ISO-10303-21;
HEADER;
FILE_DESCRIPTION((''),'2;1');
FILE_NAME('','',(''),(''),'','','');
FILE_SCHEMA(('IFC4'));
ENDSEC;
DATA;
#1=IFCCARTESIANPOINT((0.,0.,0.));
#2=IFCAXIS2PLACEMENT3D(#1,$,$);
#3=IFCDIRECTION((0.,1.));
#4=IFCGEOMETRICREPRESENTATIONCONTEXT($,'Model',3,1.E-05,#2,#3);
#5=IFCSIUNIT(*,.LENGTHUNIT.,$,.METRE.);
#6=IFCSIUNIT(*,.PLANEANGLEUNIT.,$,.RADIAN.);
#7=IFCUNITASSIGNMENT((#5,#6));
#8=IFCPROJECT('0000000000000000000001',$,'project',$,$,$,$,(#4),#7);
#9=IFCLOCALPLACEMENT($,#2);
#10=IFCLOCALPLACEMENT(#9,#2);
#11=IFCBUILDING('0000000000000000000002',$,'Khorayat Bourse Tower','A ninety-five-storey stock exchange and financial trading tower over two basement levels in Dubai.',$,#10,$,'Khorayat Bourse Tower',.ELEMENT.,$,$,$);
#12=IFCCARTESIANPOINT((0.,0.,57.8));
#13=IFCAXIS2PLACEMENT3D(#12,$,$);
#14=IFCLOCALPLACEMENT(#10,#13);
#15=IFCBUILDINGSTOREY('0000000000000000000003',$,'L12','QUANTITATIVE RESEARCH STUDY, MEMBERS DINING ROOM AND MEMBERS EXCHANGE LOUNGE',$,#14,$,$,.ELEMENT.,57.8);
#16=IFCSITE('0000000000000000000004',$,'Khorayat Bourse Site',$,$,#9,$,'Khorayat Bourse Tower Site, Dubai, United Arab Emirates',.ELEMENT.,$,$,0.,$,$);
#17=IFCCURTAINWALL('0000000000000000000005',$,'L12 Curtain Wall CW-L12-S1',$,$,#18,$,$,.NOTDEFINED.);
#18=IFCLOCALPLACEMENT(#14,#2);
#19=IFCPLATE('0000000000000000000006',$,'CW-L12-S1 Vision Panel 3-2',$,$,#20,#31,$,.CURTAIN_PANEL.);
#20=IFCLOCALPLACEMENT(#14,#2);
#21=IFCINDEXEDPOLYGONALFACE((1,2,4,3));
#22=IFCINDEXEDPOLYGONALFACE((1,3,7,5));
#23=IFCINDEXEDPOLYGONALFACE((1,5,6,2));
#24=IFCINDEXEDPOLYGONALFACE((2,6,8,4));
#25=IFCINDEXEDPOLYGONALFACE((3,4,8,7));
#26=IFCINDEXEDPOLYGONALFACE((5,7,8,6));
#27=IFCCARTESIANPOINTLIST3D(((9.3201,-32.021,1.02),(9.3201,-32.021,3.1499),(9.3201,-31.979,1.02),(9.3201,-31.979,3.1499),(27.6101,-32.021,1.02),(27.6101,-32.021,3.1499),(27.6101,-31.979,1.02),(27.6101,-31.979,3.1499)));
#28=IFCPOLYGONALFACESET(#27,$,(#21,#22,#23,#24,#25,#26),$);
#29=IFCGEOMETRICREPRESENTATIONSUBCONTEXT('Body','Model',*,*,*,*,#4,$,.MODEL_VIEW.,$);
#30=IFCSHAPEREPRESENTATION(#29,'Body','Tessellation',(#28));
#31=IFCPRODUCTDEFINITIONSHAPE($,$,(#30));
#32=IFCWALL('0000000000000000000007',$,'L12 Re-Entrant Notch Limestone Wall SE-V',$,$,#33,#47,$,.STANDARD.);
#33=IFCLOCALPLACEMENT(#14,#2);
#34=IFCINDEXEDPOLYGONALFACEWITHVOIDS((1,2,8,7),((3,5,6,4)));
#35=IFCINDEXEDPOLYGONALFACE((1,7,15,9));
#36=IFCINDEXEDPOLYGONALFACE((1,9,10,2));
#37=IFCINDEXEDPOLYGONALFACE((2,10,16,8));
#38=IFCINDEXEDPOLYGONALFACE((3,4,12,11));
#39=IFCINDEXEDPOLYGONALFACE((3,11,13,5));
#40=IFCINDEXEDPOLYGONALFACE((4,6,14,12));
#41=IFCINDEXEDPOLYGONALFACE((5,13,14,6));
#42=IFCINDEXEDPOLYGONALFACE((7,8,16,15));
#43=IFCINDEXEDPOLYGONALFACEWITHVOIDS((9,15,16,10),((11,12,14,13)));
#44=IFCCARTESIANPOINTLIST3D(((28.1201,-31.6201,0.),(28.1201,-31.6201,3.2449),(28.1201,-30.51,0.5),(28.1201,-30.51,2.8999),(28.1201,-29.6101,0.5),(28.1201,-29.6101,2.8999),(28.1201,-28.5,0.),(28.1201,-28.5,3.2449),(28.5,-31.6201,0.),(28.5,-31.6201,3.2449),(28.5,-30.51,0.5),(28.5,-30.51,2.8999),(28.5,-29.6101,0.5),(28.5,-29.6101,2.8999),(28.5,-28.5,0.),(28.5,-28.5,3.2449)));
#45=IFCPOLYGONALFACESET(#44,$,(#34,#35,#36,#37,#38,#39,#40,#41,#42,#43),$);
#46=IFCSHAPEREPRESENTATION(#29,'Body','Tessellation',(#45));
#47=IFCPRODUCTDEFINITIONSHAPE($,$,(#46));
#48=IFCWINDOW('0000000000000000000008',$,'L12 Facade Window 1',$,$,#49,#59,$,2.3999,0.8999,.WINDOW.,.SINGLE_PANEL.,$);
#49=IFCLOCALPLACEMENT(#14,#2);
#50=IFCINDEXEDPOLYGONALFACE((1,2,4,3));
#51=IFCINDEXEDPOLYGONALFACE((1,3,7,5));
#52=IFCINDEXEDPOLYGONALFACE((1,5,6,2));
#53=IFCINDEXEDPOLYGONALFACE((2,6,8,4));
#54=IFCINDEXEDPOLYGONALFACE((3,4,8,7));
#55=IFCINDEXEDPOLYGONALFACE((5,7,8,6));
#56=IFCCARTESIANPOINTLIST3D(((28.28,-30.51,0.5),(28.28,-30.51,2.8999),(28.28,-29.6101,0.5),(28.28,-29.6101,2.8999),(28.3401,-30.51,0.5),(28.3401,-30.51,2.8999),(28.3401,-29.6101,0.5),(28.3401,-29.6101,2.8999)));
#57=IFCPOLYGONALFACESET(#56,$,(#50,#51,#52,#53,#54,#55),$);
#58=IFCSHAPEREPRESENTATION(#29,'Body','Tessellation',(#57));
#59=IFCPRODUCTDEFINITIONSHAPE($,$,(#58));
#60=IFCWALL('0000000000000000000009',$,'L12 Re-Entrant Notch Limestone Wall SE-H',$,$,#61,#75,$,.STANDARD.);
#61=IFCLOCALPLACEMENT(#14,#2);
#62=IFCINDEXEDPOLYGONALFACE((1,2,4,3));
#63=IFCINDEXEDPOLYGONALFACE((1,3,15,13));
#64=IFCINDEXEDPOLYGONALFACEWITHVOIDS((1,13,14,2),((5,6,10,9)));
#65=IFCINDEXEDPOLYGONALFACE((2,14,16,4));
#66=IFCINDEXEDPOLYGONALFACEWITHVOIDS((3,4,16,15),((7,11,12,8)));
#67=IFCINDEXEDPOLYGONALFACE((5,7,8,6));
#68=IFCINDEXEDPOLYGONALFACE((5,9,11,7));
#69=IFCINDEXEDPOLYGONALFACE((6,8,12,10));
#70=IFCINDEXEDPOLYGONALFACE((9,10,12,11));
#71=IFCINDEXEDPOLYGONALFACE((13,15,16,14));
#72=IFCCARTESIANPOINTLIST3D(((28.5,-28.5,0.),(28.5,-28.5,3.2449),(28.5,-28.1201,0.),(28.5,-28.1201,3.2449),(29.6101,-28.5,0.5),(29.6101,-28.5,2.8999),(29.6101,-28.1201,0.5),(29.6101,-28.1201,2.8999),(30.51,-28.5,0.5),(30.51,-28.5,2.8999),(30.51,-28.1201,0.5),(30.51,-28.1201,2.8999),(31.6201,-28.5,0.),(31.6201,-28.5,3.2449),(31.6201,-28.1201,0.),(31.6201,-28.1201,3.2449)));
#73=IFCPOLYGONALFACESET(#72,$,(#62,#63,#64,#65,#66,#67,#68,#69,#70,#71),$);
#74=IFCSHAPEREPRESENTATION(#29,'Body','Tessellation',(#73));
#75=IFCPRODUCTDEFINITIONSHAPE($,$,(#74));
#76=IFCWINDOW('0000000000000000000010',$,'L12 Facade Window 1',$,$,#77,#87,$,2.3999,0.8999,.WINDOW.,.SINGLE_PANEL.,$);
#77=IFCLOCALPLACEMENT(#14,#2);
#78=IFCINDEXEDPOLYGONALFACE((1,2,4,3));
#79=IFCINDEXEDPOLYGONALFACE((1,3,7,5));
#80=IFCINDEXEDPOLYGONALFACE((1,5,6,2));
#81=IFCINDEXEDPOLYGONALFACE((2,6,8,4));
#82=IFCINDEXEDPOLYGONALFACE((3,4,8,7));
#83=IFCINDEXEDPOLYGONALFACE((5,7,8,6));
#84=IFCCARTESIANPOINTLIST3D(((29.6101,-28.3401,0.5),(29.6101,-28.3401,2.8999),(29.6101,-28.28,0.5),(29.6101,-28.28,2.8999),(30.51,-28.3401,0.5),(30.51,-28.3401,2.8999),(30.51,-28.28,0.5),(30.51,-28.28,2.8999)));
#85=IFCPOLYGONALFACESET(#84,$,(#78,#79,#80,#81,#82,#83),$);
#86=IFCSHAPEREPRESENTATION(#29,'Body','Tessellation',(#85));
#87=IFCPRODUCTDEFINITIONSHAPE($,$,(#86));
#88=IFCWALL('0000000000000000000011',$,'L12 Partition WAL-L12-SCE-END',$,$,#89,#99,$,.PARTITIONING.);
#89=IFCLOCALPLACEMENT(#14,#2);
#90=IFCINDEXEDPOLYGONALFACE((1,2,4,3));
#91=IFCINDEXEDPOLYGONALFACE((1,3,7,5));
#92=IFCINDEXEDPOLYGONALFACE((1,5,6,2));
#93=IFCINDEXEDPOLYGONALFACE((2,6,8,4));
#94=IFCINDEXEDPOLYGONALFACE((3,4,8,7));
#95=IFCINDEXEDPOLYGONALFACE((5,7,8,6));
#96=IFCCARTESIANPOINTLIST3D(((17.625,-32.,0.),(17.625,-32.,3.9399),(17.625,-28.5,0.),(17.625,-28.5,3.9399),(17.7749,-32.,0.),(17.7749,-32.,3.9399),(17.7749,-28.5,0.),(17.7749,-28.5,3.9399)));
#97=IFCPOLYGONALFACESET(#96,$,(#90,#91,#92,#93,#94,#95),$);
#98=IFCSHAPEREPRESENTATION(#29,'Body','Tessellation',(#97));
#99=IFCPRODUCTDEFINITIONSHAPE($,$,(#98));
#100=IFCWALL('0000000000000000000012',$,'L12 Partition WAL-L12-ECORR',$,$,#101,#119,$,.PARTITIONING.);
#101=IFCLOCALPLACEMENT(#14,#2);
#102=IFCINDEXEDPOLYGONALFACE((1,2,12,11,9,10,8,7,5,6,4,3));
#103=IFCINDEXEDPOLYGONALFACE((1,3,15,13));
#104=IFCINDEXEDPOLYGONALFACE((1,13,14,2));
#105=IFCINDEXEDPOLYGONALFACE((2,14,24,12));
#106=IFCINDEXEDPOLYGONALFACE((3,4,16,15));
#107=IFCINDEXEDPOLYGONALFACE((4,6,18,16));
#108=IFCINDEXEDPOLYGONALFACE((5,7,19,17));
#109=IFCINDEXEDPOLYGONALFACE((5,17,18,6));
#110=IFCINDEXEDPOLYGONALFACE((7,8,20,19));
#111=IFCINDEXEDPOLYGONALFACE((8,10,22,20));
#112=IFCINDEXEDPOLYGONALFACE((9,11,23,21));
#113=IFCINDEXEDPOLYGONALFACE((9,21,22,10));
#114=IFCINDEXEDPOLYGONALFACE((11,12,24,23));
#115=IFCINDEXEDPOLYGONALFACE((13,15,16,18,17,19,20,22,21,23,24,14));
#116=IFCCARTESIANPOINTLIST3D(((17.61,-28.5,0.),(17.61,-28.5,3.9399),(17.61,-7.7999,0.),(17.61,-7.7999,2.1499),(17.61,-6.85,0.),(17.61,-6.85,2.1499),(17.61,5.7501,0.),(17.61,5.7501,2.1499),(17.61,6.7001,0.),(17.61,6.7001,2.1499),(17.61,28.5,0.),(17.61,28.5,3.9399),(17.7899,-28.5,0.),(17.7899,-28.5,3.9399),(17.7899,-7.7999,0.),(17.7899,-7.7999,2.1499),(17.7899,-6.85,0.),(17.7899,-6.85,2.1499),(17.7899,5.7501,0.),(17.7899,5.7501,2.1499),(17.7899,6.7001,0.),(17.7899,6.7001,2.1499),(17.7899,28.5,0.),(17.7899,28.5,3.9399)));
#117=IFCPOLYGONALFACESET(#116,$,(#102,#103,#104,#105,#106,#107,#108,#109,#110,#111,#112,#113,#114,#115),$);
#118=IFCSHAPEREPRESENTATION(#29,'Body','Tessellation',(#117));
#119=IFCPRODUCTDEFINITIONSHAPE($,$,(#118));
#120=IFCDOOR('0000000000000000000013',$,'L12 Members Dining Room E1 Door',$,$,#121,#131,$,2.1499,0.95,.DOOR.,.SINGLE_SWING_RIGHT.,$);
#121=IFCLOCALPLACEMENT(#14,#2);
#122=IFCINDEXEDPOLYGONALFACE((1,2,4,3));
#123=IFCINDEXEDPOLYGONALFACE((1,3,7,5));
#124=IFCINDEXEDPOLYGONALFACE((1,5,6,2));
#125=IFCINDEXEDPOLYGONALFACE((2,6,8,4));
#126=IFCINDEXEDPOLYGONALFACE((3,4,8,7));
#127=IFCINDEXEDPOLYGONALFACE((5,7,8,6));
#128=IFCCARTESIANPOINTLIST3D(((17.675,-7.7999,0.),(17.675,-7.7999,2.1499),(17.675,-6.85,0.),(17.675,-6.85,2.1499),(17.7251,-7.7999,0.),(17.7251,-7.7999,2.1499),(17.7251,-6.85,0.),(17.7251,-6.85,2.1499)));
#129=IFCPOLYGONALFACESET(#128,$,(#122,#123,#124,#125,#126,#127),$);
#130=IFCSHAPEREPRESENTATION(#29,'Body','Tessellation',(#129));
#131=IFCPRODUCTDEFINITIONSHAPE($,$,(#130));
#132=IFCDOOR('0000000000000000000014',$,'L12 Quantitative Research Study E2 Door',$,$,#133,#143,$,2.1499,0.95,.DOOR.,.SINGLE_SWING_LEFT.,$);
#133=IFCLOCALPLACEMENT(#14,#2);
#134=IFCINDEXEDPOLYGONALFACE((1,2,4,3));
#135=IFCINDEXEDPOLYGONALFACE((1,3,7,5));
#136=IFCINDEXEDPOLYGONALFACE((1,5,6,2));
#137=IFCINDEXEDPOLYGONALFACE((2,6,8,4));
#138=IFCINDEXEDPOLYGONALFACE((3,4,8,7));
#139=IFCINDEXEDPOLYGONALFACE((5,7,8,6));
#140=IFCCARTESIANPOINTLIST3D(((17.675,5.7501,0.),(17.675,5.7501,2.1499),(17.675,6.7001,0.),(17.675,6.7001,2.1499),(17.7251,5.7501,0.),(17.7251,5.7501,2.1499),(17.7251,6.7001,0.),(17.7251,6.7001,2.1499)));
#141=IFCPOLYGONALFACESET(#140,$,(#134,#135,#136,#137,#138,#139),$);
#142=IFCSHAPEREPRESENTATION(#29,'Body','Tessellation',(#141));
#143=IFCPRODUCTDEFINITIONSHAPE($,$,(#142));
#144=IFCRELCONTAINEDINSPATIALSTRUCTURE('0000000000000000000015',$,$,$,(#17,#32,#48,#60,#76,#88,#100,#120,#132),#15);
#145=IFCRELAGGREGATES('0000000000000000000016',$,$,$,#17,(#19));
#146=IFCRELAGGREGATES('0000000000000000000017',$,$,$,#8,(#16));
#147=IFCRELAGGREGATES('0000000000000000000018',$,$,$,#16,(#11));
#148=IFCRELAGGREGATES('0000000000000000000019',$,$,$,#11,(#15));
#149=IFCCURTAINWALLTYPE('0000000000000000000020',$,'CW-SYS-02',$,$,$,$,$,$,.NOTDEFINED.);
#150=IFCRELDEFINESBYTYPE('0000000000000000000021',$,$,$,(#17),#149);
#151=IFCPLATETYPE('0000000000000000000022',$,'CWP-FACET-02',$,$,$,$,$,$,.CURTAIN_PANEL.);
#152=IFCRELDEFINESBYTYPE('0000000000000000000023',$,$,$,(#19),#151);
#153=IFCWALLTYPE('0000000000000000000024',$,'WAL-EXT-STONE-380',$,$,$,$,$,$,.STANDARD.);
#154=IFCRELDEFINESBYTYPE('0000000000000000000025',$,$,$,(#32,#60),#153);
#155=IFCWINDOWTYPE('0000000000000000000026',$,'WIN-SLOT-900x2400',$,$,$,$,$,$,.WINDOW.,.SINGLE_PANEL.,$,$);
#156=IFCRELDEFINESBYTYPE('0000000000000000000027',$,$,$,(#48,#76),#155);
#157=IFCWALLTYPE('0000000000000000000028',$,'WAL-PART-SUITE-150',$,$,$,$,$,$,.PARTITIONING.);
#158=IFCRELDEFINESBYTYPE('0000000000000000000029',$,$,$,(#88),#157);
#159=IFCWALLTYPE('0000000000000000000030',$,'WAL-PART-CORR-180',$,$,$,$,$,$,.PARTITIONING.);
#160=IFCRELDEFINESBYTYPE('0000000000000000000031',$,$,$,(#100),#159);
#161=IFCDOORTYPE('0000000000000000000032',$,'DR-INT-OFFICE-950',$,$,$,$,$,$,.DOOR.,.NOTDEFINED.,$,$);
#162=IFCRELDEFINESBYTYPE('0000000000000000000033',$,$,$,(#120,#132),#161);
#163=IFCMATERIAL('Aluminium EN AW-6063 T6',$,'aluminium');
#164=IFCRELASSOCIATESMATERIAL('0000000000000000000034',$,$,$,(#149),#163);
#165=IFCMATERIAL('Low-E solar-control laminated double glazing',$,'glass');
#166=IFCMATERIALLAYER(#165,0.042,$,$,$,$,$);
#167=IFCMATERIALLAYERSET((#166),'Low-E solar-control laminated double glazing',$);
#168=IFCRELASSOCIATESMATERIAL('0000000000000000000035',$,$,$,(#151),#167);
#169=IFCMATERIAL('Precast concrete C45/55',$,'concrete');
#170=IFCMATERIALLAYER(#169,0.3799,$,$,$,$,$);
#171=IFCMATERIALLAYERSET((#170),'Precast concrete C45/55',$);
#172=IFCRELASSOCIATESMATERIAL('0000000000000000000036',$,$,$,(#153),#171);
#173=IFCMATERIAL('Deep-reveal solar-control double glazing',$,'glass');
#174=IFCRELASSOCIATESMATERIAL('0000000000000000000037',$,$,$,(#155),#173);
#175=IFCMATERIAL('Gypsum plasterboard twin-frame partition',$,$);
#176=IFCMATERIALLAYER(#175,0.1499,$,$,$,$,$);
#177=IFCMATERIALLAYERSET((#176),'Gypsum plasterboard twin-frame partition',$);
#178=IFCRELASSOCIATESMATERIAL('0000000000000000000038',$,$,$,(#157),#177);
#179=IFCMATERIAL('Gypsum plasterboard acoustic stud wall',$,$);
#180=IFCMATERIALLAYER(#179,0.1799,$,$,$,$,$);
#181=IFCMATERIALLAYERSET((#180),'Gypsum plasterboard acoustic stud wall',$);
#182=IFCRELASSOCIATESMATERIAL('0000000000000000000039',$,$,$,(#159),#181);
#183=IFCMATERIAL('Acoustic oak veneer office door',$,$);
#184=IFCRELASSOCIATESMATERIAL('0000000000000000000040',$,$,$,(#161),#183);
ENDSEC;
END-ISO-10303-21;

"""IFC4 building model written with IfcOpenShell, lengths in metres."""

from ifc_helpers import new_model, si_unit, direction, frame, frame_2d, origin, origin_2d, place, context, subcontext, project, spatial, rectangle, extrude, source, transform, mapped, material, layer, layer_set, type_object, element, fill, aggregate, save


model = new_model("IFC4")

# Units and contexts
model_context = context("Model", 3, precision=1e-05, world=origin(), true_north=direction((0.0, 1.0)))
body_context = subcontext(model_context, "Body", "Model", "MODEL_VIEW")
ifc_project = project(units=[si_unit("LENGTHUNIT", "METRE"), si_unit("PLANEANGLEUNIT", "RADIAN")], contexts=[model_context])

# Site, building, storey
site_placement = place(None, origin())
site = spatial("IfcSite", under=ifc_project, at=site_placement, Name="Khorayat Bourse Site", LongName="Khorayat Bourse Tower Site, Dubai, United Arab Emirates", CompositionType="ELEMENT", RefElevation=0.0)
building_placement = place(site_placement, origin())
building = spatial("IfcBuilding", under=site, at=building_placement, Name="Khorayat Bourse Tower", Description="A ninety-five-storey stock exchange and financial trading tower over two basement levels in Dubai.", LongName="Khorayat Bourse Tower", CompositionType="ELEMENT")
storey_placement = place(building_placement, frame((0.0, 0.0, 57.8)))
storey = spatial("IfcBuildingStorey", under=building, at=storey_placement, Name="L12", Description="QUANTITATIVE RESEARCH STUDY, MEMBERS DINING ROOM AND MEMBERS EXCHANGE LOUNGE", CompositionType="ELEMENT", Elevation=57.8)

# Shared definitions
ifc_material_1 = material(Name="Aluminium EN AW-6063 T6", Category="aluminium")
curtain_wall_type = type_object("IfcCurtainWallType", Name="CW-SYS-02", PredefinedType="NOTDEFINED", material=ifc_material_1)

# Curtain wall
curtain_wall_1_placement = place(storey_placement, origin())
curtain_wall_1 = element("IfcCurtainWall", 1, at=curtain_wall_1_placement, inside=storey, type_object=curtain_wall_type, Name="L12 Curtain Wall CW-L12-S1", PredefinedType="NOTDEFINED")

# Plate
ifc_material_2 = material(Name="Low-E solar-control laminated double glazing", Category="glass")
ifc_layer_1 = layer(ifc_material_2, 0.042)
ifc_layer_set_1 = layer_set([ifc_layer_1], Name="Low-E solar-control laminated double glazing")
plate_type_1 = type_object("IfcPlateType", Name="CWP-FACET-02", PredefinedType="CURTAIN_PANEL", material=ifc_layer_set_1)
shared_shape_1 = source(origin(), body_context, "Body", "SweptSolid", [
    extrude(rectangle(XDim=18.29, YDim=0.042, at=origin_2d()), origin(), (0.0, 0.0, 1.0), 2.1299),
])
plate_1_placement = place(storey_placement, frame((18.4651, -32.0, 1.02), z_axis=(0.0, 0.0, 1.0), x_axis=(1.0, 0.0, 0.0)))
plate_1 = element("IfcPlate", 2, at=plate_1_placement, type_object=plate_type_1, Name="CW-L12-S1 Vision Panel 3-2", PredefinedType="CURTAIN_PANEL", context=body_context, shape_type="MappedRepresentation", body=[
    mapped(shared_shape_1, transform((0.0, 0.0, 0.0), scale=1.0)),
])
aggregate(curtain_wall_1, [plate_1])

# Walls, openings, windows
ifc_material_3 = material(Name="Precast concrete C45/55", Category="concrete")
ifc_layer_2 = layer(ifc_material_3, 0.3799)
ifc_layer_set_2 = layer_set([ifc_layer_2], Name="Precast concrete C45/55")
wall_type_1 = type_object("IfcWallType", Name="WAL-EXT-STONE-380", PredefinedType="STANDARD", material=ifc_layer_set_2)
shared_shape_2 = source(origin(), body_context, "Body", "SweptSolid", [
    extrude(rectangle(XDim=3.1201, YDim=0.3799, at=frame_2d((1.5601, 0.0))), origin(), (0.0, 0.0, 1.0), 3.2449),
])
wall_1_placement = place(storey_placement, frame((28.3101, -31.6201, 0.0), z_axis=(0.0, 0.0, 1.0), x_axis=(0.0, 1.0, 0.0)))
wall_1 = element("IfcWall", 3, at=wall_1_placement, inside=storey, type_object=wall_type_1, Name="L12 Re-Entrant Notch Limestone Wall SE-V", PredefinedType="STANDARD", context=body_context, shape_type="MappedRepresentation", body=[
    mapped(shared_shape_2, transform((0.0, 0.0, 0.0), scale=1.0)),
])
shared_shape_3 = source(origin(), body_context, "Body", "SweptSolid", [
    extrude(rectangle(XDim=0.8999, YDim=2.3999, at=frame_2d((0.45, 1.2))), frame((0.0, 0.2, 0.0), z_axis=(0.0, -1.0, 0.0), x_axis=(1.0, 0.0, 0.0)), (0.0, 0.0, 1.0), 0.3999),
])
opening_1_placement = place(wall_1_placement, frame((1.1101, 0.0, 0.5)))
opening_1 = element("IfcOpeningElement", 4, at=opening_1_placement, cuts=wall_1, PredefinedType="OPENING", context=body_context, shape_type="MappedRepresentation", body=[
    mapped(shared_shape_3, transform((0.0, 0.0, 0.0), scale=1.0)),
])
ifc_material_4 = material(Name="Deep-reveal solar-control double glazing", Category="glass")
window_type = type_object("IfcWindowType", Name="WIN-SLOT-900x2400", PartitioningType="SINGLE_PANEL", PredefinedType="WINDOW", material=ifc_material_4)
shared_shape_4 = source(origin(), body_context, "Body", "SweptSolid", [
    extrude(rectangle(XDim=0.8999, YDim=2.3999, at=frame_2d((0.45, 1.2))), frame((0.0, 0.03, 0.0), z_axis=(0.0, -1.0, 0.0), x_axis=(1.0, 0.0, 0.0)), (0.0, 0.0, 1.0), 0.0601),
])
window_1_placement = place(opening_1_placement, origin())
window_1 = element("IfcWindow", 5, at=window_1_placement, inside=storey, type_object=window_type, Name="L12 Facade Window 1", OverallHeight=2.3999, OverallWidth=0.8999, PartitioningType="SINGLE_PANEL", PredefinedType="WINDOW", context=body_context, shape_type="MappedRepresentation", body=[
    mapped(shared_shape_4, transform((0.0, 0.0, 0.0), scale=1.0)),
])
fill(opening_1, window_1)
wall_2_placement = place(storey_placement, frame((28.5, -28.3101, 0.0), z_axis=(0.0, 0.0, 1.0), x_axis=(1.0, 0.0, 0.0)))
wall_2 = element("IfcWall", 6, at=wall_2_placement, inside=storey, type_object=wall_type_1, Name="L12 Re-Entrant Notch Limestone Wall SE-H", PredefinedType="STANDARD", context=body_context, shape_type="MappedRepresentation", body=[
    mapped(shared_shape_2, transform((0.0, 0.0, 0.0), scale=1.0)),
])
opening_2_placement = place(wall_2_placement, frame((1.1101, 0.0, 0.5)))
opening_2 = element("IfcOpeningElement", 7, at=opening_2_placement, cuts=wall_2, PredefinedType="OPENING", context=body_context, shape_type="MappedRepresentation", body=[
    mapped(shared_shape_3, transform((0.0, 0.0, 0.0), scale=1.0)),
])
window_2_placement = place(opening_2_placement, origin())
window_2 = element("IfcWindow", 8, at=window_2_placement, inside=storey, type_object=window_type, Name="L12 Facade Window 1", OverallHeight=2.3999, OverallWidth=0.8999, PartitioningType="SINGLE_PANEL", PredefinedType="WINDOW", context=body_context, shape_type="MappedRepresentation", body=[
    mapped(shared_shape_4, transform((0.0, 0.0, 0.0), scale=1.0)),
])
fill(opening_2, window_2)

# Wall
ifc_material_5 = material(Name="Gypsum plasterboard twin-frame partition")
ifc_layer_3 = layer(ifc_material_5, 0.1499)
ifc_layer_set_3 = layer_set([ifc_layer_3], Name="Gypsum plasterboard twin-frame partition")
wall_type_2 = type_object("IfcWallType", Name="WAL-PART-SUITE-150", PredefinedType="PARTITIONING", material=ifc_layer_set_3)
shared_shape_5 = source(origin(), body_context, "Body", "SweptSolid", [
    extrude(rectangle(XDim=3.5, YDim=0.1499, at=frame_2d((1.75, 0.0))), origin(), (0.0, 0.0, 1.0), 3.9399),
])
wall_3_placement = place(storey_placement, frame((17.7, -32.0, 0.0), z_axis=(0.0, 0.0, 1.0), x_axis=(0.0, 1.0, 0.0)))
element("IfcWall", 9, at=wall_3_placement, inside=storey, type_object=wall_type_2, Name="L12 Partition WAL-L12-SCE-END", PredefinedType="PARTITIONING", context=body_context, shape_type="MappedRepresentation", body=[
    mapped(shared_shape_5, transform((0.0, 0.0, 0.0), scale=1.0)),
])

# Wall, openings, doors
ifc_material_6 = material(Name="Gypsum plasterboard acoustic stud wall")
ifc_layer_4 = layer(ifc_material_6, 0.1799)
ifc_layer_set_4 = layer_set([ifc_layer_4], Name="Gypsum plasterboard acoustic stud wall")
wall_type_3 = type_object("IfcWallType", Name="WAL-PART-CORR-180", PredefinedType="PARTITIONING", material=ifc_layer_set_4)
shared_shape_6 = source(origin(), body_context, "Body", "SweptSolid", [
    extrude(rectangle(XDim=57.0, YDim=0.1799, at=frame_2d((28.5, 0.0))), origin(), (0.0, 0.0, 1.0), 3.9399),
])
wall_4_placement = place(storey_placement, frame((17.7, -28.5, 0.0), z_axis=(0.0, 0.0, 1.0), x_axis=(0.0, 1.0, 0.0)))
wall_4 = element("IfcWall", 10, at=wall_4_placement, inside=storey, type_object=wall_type_3, Name="L12 Partition WAL-L12-ECORR", PredefinedType="PARTITIONING", context=body_context, shape_type="MappedRepresentation", body=[
    mapped(shared_shape_6, transform((0.0, 0.0, 0.0), scale=1.0)),
])
shared_shape_7 = source(origin(), body_context, "Body", "SweptSolid", [
    extrude(rectangle(XDim=0.95, YDim=2.1499, at=frame_2d((0.4751, 1.075))), frame((0.0, 0.0999, 0.0), z_axis=(0.0, -1.0, 0.0), x_axis=(1.0, 0.0, 0.0)), (0.0, 0.0, 1.0), 0.2),
])
opening_3_placement = place(wall_4_placement, frame((20.7, 0.0, 0.0)))
opening_3 = element("IfcOpeningElement", 11, at=opening_3_placement, cuts=wall_4, PredefinedType="OPENING", context=body_context, shape_type="MappedRepresentation", body=[
    mapped(shared_shape_7, transform((0.0, 0.0, 0.0), scale=1.0)),
])
opening_4_placement = place(wall_4_placement, frame((34.25, 0.0, 0.0)))
opening_4 = element("IfcOpeningElement", 12, at=opening_4_placement, cuts=wall_4, PredefinedType="OPENING", context=body_context, shape_type="MappedRepresentation", body=[
    mapped(shared_shape_7, transform((0.0, 0.0, 0.0), scale=1.0)),
])
ifc_material_7 = material(Name="Acoustic oak veneer office door")
door_type = type_object("IfcDoorType", Name="DR-INT-OFFICE-950", OperationType="NOTDEFINED", PredefinedType="DOOR", material=ifc_material_7)
shared_shape_8 = source(origin(), body_context, "Body", "SweptSolid", [
    extrude(rectangle(XDim=0.95, YDim=2.1499, at=frame_2d((0.4751, 1.075))), frame((0.0, 0.0249, 0.0), z_axis=(0.0, -1.0, 0.0), x_axis=(1.0, 0.0, 0.0)), (0.0, 0.0, 1.0), 0.05),
])
door_1_placement = place(opening_3_placement, origin())
door_1 = element("IfcDoor", 13, at=door_1_placement, inside=storey, type_object=door_type, Name="L12 Members Dining Room E1 Door", OperationType="SINGLE_SWING_RIGHT", OverallHeight=2.1499, OverallWidth=0.95, PredefinedType="DOOR", context=body_context, shape_type="MappedRepresentation", body=[
    mapped(shared_shape_8, transform((0.0, 0.0, 0.0), scale=1.0)),
])
fill(opening_3, door_1)
door_2_placement = place(opening_4_placement, origin())
door_2 = element("IfcDoor", 14, at=door_2_placement, inside=storey, type_object=door_type, Name="L12 Quantitative Research Study E2 Door", OperationType="SINGLE_SWING_LEFT", OverallHeight=2.1499, OverallWidth=0.95, PredefinedType="DOOR", context=body_context, shape_type="MappedRepresentation", body=[
    mapped(shared_shape_8, transform((0.0, 0.0, 0.0), scale=1.0)),
])
fill(opening_4, door_2)

save(model, "model.ifc")
